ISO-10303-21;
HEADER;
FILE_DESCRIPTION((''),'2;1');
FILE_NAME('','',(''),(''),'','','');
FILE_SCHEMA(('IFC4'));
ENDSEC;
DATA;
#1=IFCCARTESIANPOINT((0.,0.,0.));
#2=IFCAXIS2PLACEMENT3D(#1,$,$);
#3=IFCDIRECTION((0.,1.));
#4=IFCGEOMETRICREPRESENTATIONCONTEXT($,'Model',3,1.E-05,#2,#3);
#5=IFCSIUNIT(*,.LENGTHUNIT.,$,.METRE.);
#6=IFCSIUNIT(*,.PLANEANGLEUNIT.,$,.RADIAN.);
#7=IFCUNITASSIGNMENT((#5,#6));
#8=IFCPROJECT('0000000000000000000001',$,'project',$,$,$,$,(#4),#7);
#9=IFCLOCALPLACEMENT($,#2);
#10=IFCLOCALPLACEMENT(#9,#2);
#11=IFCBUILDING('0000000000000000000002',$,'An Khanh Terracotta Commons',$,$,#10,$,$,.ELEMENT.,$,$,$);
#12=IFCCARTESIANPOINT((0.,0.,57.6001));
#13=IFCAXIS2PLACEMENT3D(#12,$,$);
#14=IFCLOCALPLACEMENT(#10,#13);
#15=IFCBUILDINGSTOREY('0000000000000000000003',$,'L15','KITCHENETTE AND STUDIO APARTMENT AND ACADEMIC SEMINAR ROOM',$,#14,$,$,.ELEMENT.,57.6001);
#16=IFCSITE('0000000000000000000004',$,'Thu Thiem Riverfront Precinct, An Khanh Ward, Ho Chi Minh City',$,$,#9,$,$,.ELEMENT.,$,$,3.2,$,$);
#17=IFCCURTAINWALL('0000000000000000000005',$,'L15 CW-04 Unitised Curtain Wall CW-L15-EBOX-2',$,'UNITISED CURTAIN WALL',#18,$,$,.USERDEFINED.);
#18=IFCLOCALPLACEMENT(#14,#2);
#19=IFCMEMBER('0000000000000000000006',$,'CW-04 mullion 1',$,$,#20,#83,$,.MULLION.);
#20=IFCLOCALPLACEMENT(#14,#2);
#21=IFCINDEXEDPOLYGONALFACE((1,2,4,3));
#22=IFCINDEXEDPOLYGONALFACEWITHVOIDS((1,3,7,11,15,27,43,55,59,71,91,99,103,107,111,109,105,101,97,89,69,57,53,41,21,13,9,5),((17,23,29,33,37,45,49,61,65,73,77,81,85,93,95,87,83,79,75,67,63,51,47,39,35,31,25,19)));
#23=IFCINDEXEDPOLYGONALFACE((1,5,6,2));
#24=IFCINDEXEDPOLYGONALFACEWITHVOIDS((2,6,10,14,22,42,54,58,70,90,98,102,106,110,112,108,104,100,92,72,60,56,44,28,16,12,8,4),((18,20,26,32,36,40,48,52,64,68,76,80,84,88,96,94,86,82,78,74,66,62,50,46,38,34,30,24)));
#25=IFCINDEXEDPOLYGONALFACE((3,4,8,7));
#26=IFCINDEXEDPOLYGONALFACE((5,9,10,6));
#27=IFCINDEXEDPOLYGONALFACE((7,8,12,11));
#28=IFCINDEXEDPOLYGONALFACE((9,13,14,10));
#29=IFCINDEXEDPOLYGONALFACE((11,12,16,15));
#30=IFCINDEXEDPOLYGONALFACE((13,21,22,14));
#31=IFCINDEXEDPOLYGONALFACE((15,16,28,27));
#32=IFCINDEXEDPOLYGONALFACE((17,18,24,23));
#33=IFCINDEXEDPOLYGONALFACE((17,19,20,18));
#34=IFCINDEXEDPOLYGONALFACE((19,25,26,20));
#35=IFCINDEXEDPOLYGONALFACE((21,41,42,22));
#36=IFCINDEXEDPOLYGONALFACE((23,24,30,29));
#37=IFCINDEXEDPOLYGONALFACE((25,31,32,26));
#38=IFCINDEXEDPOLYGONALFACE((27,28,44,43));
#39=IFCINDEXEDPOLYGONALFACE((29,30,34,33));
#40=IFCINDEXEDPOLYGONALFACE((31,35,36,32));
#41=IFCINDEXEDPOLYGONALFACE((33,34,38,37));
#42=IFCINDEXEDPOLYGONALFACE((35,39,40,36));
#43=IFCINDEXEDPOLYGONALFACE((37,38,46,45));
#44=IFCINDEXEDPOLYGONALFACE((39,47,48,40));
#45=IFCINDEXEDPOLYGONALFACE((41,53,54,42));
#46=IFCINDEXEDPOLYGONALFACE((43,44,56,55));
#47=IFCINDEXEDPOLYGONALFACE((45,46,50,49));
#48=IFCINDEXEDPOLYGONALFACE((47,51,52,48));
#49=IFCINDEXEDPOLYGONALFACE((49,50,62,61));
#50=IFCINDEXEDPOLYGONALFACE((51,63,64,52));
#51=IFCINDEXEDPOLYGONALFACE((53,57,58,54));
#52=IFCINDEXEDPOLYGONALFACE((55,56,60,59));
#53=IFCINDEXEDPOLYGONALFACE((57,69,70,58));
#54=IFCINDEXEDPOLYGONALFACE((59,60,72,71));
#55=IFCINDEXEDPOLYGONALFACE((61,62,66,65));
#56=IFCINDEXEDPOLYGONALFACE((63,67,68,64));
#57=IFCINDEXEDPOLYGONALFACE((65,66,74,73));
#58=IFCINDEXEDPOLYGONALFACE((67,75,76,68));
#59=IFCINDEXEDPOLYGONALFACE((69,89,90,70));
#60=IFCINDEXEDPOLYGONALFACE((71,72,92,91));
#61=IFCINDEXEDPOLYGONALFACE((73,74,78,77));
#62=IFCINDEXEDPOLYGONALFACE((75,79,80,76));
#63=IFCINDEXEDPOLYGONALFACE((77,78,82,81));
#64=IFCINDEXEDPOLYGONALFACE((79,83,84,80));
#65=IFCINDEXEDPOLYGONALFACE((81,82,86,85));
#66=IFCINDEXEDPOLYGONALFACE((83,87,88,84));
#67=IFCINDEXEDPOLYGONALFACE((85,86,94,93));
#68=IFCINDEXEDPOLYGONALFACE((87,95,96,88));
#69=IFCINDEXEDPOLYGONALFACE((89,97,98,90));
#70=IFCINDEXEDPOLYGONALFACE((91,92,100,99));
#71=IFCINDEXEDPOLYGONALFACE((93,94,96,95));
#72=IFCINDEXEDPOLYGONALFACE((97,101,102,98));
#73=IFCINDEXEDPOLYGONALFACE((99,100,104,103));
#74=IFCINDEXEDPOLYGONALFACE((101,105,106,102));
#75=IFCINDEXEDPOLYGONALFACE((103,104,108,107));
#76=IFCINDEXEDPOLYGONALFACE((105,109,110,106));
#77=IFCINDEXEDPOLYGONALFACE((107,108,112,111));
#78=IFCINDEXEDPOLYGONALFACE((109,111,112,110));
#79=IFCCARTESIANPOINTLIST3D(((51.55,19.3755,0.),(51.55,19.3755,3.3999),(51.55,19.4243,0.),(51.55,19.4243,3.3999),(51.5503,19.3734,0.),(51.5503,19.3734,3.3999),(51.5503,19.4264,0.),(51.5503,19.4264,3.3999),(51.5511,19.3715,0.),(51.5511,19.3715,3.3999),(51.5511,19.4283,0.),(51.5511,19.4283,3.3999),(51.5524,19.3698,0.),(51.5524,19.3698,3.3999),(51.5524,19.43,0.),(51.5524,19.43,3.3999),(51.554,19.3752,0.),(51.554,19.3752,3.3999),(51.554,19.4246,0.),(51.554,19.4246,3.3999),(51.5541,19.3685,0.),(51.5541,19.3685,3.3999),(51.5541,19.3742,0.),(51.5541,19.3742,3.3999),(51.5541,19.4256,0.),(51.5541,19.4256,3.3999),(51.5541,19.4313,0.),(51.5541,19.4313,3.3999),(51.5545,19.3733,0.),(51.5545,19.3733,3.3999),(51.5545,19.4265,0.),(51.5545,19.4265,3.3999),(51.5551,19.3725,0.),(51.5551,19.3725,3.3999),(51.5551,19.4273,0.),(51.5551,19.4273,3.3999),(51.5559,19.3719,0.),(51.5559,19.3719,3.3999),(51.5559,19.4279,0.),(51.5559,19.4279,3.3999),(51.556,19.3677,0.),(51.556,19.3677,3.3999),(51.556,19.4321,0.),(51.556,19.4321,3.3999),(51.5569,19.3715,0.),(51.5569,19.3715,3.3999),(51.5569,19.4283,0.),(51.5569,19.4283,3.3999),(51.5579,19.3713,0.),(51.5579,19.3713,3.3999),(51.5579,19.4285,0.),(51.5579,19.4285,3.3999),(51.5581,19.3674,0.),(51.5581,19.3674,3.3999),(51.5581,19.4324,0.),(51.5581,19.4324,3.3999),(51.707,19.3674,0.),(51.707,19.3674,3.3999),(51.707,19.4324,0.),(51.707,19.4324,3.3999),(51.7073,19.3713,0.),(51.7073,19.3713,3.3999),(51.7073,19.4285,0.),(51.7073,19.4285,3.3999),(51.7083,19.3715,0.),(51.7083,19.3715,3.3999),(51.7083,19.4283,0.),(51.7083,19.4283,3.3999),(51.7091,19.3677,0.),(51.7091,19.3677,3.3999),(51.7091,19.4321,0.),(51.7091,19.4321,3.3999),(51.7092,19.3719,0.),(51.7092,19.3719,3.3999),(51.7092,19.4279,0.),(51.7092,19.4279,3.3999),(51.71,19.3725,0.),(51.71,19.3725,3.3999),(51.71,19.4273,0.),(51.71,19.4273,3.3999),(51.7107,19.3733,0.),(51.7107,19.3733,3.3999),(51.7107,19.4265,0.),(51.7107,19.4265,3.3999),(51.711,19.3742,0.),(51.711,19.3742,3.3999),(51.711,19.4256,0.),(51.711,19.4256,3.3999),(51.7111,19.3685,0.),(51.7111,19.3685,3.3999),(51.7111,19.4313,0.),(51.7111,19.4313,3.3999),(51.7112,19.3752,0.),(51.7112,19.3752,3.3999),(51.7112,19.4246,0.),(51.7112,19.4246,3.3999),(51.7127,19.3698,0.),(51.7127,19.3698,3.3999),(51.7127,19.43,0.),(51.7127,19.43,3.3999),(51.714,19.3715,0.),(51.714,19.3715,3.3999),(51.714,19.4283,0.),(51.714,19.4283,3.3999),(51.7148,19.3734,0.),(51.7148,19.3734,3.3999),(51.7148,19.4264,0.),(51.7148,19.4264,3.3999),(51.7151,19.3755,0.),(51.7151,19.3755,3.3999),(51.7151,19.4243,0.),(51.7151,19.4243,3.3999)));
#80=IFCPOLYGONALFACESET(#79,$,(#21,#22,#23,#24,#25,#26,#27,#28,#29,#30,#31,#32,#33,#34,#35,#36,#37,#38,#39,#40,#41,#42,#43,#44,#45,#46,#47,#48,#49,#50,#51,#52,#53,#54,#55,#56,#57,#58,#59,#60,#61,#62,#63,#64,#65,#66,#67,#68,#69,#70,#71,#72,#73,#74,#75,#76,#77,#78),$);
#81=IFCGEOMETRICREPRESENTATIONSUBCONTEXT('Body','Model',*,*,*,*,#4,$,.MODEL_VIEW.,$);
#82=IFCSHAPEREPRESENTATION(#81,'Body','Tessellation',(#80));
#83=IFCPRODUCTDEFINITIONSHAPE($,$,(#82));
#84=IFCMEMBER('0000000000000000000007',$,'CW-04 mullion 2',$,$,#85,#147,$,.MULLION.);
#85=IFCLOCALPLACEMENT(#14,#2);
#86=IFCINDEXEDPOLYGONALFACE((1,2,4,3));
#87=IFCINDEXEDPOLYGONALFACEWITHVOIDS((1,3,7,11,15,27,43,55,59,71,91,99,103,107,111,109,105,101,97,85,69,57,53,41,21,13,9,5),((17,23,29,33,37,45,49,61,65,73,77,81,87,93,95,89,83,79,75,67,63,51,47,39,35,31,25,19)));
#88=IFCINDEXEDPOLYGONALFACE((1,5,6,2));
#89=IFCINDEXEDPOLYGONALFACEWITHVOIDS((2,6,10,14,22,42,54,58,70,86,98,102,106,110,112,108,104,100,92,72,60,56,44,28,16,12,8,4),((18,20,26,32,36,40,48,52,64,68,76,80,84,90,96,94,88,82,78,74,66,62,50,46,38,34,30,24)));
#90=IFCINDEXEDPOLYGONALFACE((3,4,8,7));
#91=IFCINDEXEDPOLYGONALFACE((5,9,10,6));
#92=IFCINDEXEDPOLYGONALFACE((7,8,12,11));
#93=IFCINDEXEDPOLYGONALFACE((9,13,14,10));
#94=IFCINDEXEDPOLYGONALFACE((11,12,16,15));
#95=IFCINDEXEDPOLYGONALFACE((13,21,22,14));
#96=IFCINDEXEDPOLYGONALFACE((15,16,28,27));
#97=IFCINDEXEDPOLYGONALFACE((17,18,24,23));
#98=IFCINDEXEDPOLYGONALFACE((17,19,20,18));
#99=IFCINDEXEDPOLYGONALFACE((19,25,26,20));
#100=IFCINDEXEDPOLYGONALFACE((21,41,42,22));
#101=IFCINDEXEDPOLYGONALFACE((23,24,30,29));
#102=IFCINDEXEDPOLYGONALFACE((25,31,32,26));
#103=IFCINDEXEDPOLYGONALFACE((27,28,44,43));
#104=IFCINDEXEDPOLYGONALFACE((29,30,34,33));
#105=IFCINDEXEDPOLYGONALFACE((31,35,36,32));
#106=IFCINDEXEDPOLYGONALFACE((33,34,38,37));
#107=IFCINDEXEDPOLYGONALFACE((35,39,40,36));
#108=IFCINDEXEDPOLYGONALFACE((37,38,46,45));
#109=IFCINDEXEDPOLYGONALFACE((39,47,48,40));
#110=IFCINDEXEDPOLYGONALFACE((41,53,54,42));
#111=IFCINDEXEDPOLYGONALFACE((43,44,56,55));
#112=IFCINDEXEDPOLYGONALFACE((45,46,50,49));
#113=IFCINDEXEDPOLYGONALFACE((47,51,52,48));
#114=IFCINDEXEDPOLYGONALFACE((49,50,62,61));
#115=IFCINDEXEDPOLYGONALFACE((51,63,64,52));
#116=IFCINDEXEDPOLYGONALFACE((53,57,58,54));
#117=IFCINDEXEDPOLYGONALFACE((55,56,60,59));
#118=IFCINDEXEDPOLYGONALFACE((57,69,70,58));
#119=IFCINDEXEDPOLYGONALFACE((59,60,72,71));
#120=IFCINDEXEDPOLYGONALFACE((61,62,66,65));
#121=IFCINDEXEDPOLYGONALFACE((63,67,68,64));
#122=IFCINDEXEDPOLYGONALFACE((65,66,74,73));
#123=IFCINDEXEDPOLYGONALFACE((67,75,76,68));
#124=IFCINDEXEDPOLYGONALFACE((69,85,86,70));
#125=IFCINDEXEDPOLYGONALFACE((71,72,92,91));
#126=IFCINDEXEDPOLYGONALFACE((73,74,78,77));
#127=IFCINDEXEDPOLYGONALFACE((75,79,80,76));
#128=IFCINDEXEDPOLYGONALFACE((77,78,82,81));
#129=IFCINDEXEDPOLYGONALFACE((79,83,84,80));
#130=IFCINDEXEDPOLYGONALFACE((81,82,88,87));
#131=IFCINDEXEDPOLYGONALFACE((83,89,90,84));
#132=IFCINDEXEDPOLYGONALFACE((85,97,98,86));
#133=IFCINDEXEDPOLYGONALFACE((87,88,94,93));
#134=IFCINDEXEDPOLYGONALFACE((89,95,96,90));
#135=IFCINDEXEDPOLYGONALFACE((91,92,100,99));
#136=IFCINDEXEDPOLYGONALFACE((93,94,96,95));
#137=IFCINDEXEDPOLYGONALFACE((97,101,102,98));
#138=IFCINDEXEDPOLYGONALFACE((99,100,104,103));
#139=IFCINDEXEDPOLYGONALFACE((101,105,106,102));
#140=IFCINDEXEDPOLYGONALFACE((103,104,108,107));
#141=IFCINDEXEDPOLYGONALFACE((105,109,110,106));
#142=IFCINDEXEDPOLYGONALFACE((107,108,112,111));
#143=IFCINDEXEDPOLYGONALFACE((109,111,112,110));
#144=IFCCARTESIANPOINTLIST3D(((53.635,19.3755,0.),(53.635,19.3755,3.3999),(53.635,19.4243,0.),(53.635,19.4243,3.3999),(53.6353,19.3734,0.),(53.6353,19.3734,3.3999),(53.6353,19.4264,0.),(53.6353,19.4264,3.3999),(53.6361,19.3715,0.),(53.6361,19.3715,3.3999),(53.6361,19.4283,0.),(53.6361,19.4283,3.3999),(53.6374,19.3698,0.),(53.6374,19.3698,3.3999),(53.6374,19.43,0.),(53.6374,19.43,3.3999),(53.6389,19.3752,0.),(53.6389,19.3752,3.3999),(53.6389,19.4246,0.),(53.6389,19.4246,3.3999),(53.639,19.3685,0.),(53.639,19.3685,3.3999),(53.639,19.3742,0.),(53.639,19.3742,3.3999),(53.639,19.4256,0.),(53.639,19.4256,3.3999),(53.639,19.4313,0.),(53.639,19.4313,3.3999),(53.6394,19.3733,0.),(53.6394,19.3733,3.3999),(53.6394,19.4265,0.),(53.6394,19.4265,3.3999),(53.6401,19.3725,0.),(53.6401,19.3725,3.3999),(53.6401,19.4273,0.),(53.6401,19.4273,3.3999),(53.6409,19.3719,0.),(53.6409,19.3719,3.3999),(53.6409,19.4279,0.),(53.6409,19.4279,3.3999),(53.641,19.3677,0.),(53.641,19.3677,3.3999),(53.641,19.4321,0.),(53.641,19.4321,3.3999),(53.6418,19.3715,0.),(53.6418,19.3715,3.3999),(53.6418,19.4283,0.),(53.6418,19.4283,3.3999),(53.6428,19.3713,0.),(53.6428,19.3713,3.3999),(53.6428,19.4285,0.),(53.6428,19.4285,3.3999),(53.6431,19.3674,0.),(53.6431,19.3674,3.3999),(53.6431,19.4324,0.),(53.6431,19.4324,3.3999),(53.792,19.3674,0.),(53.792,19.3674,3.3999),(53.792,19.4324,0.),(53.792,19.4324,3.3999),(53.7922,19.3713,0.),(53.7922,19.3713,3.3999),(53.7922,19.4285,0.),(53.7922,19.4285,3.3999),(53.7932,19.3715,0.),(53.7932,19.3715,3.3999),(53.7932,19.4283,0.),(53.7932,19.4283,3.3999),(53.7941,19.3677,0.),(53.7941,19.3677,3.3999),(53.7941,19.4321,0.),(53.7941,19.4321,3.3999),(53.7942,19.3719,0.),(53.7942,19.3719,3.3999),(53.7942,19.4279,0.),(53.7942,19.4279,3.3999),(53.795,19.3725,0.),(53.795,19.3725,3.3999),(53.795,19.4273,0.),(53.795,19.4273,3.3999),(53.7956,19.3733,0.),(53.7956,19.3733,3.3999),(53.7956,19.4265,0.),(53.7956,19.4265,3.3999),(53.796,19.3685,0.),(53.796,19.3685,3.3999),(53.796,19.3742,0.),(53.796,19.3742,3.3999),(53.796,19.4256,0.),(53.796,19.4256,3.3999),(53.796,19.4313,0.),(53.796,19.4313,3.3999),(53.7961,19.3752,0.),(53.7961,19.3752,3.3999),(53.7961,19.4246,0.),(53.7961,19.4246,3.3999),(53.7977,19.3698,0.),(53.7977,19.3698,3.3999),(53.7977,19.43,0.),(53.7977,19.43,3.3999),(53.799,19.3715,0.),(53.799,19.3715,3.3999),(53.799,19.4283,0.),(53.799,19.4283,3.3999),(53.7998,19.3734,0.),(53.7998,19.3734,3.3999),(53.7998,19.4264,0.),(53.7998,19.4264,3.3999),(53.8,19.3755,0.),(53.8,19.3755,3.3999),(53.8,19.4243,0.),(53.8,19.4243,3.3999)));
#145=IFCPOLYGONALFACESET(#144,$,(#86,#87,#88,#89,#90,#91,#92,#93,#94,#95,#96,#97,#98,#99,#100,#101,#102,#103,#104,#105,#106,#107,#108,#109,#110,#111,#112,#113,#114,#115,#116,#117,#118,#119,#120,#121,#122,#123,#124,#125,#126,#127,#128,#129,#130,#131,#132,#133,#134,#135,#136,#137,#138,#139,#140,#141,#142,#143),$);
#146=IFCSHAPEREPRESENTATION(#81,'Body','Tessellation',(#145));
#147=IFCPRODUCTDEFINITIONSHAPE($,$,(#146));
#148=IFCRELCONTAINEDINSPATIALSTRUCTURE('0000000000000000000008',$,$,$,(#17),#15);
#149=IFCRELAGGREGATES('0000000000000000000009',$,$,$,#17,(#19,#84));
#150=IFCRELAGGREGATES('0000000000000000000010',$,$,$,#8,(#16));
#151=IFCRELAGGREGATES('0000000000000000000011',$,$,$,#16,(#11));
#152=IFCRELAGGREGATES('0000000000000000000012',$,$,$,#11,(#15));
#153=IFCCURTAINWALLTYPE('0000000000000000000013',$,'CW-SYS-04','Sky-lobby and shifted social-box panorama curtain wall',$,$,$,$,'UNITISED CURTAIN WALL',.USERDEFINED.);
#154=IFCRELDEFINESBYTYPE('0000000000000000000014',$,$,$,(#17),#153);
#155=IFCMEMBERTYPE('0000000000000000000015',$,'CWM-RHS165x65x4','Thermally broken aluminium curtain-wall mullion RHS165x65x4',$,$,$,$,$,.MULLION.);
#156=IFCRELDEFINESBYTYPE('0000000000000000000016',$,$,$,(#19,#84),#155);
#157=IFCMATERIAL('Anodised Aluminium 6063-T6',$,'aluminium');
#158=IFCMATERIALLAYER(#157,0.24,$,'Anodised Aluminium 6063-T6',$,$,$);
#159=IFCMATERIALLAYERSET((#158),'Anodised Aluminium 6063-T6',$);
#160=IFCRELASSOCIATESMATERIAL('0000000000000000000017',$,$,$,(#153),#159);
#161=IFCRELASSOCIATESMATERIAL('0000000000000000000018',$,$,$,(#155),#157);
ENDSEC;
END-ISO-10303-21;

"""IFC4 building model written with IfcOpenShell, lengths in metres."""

from ifc_helpers import new_model, si_unit, direction, frame, origin, origin_2d, place, context, subcontext, project, spatial, hollow_rectangle, extrude, material, layer, layer_set, material_profile, profile_set, type_object, element, aggregate, save


model = new_model("IFC4")

# Units and contexts
model_context = context("Model", 3, precision=1e-05, world=origin(), true_north=direction((0.0, 1.0)))
body_context = subcontext(model_context, "Body", "Model", "MODEL_VIEW")
ifc_project = project(units=[si_unit("LENGTHUNIT", "METRE"), si_unit("PLANEANGLEUNIT", "RADIAN")], contexts=[model_context])

# Site, building, storey
site_placement = place(None, origin())
site = spatial("IfcSite", under=ifc_project, at=site_placement, Name="Thu Thiem Riverfront Precinct, An Khanh Ward, Ho Chi Minh City", CompositionType="ELEMENT", RefElevation=3.2)
building_placement = place(site_placement, origin())
building = spatial("IfcBuilding", under=site, at=building_placement, Name="An Khanh Terracotta Commons", CompositionType="ELEMENT")
storey_placement = place(building_placement, frame((0.0, 0.0, 57.6001)))
storey = spatial("IfcBuildingStorey", under=building, at=storey_placement, Name="L15", Description="KITCHENETTE AND STUDIO APARTMENT AND ACADEMIC SEMINAR ROOM", CompositionType="ELEMENT", Elevation=57.6001)

# Curtain wall, members
ifc_material_1 = material(Name="Anodised Aluminium 6063-T6", Category="aluminium")
ifc_layer_1 = layer(ifc_material_1, 0.24, Name="Anodised Aluminium 6063-T6")
ifc_layer_set_1 = layer_set([ifc_layer_1], Name="Anodised Aluminium 6063-T6")
curtain_wall_type = type_object("IfcCurtainWallType", Name="CW-SYS-04", Description="Sky-lobby and shifted social-box panorama curtain wall", ElementType="UNITISED CURTAIN WALL", PredefinedType="USERDEFINED", material=ifc_layer_set_1)
ifc_material_profile_1 = material_profile(ifc_material_1, hollow_rectangle(XDim=0.0649, YDim=0.165, WallThickness=0.0039, InnerFilletRadius=0.0039, OuterFilletRadius=0.0081, at=origin_2d()), Name="RHS165x65x4")
ifc_profile_set_1 = profile_set([ifc_material_profile_1], Name="Anodised Aluminium 6063-T6")
member_type_1 = type_object("IfcMemberType", Name="CWM-RHS165x65x4", Description="Thermally broken aluminium curtain-wall mullion RHS165x65x4", PredefinedType="MULLION", material=ifc_profile_set_1)
curtain_wall_1_placement = place(storey_placement, origin())
curtain_wall_1 = element("IfcCurtainWall", 1, at=curtain_wall_1_placement, inside=storey, type_object=curtain_wall_type, Name="L15 CW-04 Unitised Curtain Wall CW-L15-EBOX-2", ObjectType="UNITISED CURTAIN WALL", PredefinedType="USERDEFINED")
member_1_placement = place(storey_placement, frame((51.6326, 19.3999, 0.0), z_axis=(0.0, 0.0, 1.0), x_axis=(0.0, 1.0, 0.0)))
member_1 = element("IfcMember", 2, at=member_1_placement, type_object=member_type_1, Name="CW-04 mullion 1", PredefinedType="MULLION", context=body_context, shape_type="SweptSolid", body=[
    extrude(hollow_rectangle(XDim=0.0649, YDim=0.165, WallThickness=0.0039, InnerFilletRadius=0.0039, OuterFilletRadius=0.0081, at=origin_2d()), origin(), (0.0, 0.0, 1.0), 3.3999),
])
member_2_placement = place(storey_placement, frame((53.7175, 19.3999, 0.0), z_axis=(0.0, 0.0, 1.0), x_axis=(0.0, 1.0, 0.0)))
member_2 = element("IfcMember", 3, at=member_2_placement, type_object=member_type_1, Name="CW-04 mullion 2", PredefinedType="MULLION", context=body_context, shape_type="SweptSolid", body=[
    extrude(hollow_rectangle(XDim=0.0649, YDim=0.165, WallThickness=0.0039, InnerFilletRadius=0.0039, OuterFilletRadius=0.0081, at=origin_2d()), origin(), (0.0, 0.0, 1.0), 3.3999),
])

aggregate(curtain_wall_1, [member_1, member_2])

save(model, "model.ifc")
